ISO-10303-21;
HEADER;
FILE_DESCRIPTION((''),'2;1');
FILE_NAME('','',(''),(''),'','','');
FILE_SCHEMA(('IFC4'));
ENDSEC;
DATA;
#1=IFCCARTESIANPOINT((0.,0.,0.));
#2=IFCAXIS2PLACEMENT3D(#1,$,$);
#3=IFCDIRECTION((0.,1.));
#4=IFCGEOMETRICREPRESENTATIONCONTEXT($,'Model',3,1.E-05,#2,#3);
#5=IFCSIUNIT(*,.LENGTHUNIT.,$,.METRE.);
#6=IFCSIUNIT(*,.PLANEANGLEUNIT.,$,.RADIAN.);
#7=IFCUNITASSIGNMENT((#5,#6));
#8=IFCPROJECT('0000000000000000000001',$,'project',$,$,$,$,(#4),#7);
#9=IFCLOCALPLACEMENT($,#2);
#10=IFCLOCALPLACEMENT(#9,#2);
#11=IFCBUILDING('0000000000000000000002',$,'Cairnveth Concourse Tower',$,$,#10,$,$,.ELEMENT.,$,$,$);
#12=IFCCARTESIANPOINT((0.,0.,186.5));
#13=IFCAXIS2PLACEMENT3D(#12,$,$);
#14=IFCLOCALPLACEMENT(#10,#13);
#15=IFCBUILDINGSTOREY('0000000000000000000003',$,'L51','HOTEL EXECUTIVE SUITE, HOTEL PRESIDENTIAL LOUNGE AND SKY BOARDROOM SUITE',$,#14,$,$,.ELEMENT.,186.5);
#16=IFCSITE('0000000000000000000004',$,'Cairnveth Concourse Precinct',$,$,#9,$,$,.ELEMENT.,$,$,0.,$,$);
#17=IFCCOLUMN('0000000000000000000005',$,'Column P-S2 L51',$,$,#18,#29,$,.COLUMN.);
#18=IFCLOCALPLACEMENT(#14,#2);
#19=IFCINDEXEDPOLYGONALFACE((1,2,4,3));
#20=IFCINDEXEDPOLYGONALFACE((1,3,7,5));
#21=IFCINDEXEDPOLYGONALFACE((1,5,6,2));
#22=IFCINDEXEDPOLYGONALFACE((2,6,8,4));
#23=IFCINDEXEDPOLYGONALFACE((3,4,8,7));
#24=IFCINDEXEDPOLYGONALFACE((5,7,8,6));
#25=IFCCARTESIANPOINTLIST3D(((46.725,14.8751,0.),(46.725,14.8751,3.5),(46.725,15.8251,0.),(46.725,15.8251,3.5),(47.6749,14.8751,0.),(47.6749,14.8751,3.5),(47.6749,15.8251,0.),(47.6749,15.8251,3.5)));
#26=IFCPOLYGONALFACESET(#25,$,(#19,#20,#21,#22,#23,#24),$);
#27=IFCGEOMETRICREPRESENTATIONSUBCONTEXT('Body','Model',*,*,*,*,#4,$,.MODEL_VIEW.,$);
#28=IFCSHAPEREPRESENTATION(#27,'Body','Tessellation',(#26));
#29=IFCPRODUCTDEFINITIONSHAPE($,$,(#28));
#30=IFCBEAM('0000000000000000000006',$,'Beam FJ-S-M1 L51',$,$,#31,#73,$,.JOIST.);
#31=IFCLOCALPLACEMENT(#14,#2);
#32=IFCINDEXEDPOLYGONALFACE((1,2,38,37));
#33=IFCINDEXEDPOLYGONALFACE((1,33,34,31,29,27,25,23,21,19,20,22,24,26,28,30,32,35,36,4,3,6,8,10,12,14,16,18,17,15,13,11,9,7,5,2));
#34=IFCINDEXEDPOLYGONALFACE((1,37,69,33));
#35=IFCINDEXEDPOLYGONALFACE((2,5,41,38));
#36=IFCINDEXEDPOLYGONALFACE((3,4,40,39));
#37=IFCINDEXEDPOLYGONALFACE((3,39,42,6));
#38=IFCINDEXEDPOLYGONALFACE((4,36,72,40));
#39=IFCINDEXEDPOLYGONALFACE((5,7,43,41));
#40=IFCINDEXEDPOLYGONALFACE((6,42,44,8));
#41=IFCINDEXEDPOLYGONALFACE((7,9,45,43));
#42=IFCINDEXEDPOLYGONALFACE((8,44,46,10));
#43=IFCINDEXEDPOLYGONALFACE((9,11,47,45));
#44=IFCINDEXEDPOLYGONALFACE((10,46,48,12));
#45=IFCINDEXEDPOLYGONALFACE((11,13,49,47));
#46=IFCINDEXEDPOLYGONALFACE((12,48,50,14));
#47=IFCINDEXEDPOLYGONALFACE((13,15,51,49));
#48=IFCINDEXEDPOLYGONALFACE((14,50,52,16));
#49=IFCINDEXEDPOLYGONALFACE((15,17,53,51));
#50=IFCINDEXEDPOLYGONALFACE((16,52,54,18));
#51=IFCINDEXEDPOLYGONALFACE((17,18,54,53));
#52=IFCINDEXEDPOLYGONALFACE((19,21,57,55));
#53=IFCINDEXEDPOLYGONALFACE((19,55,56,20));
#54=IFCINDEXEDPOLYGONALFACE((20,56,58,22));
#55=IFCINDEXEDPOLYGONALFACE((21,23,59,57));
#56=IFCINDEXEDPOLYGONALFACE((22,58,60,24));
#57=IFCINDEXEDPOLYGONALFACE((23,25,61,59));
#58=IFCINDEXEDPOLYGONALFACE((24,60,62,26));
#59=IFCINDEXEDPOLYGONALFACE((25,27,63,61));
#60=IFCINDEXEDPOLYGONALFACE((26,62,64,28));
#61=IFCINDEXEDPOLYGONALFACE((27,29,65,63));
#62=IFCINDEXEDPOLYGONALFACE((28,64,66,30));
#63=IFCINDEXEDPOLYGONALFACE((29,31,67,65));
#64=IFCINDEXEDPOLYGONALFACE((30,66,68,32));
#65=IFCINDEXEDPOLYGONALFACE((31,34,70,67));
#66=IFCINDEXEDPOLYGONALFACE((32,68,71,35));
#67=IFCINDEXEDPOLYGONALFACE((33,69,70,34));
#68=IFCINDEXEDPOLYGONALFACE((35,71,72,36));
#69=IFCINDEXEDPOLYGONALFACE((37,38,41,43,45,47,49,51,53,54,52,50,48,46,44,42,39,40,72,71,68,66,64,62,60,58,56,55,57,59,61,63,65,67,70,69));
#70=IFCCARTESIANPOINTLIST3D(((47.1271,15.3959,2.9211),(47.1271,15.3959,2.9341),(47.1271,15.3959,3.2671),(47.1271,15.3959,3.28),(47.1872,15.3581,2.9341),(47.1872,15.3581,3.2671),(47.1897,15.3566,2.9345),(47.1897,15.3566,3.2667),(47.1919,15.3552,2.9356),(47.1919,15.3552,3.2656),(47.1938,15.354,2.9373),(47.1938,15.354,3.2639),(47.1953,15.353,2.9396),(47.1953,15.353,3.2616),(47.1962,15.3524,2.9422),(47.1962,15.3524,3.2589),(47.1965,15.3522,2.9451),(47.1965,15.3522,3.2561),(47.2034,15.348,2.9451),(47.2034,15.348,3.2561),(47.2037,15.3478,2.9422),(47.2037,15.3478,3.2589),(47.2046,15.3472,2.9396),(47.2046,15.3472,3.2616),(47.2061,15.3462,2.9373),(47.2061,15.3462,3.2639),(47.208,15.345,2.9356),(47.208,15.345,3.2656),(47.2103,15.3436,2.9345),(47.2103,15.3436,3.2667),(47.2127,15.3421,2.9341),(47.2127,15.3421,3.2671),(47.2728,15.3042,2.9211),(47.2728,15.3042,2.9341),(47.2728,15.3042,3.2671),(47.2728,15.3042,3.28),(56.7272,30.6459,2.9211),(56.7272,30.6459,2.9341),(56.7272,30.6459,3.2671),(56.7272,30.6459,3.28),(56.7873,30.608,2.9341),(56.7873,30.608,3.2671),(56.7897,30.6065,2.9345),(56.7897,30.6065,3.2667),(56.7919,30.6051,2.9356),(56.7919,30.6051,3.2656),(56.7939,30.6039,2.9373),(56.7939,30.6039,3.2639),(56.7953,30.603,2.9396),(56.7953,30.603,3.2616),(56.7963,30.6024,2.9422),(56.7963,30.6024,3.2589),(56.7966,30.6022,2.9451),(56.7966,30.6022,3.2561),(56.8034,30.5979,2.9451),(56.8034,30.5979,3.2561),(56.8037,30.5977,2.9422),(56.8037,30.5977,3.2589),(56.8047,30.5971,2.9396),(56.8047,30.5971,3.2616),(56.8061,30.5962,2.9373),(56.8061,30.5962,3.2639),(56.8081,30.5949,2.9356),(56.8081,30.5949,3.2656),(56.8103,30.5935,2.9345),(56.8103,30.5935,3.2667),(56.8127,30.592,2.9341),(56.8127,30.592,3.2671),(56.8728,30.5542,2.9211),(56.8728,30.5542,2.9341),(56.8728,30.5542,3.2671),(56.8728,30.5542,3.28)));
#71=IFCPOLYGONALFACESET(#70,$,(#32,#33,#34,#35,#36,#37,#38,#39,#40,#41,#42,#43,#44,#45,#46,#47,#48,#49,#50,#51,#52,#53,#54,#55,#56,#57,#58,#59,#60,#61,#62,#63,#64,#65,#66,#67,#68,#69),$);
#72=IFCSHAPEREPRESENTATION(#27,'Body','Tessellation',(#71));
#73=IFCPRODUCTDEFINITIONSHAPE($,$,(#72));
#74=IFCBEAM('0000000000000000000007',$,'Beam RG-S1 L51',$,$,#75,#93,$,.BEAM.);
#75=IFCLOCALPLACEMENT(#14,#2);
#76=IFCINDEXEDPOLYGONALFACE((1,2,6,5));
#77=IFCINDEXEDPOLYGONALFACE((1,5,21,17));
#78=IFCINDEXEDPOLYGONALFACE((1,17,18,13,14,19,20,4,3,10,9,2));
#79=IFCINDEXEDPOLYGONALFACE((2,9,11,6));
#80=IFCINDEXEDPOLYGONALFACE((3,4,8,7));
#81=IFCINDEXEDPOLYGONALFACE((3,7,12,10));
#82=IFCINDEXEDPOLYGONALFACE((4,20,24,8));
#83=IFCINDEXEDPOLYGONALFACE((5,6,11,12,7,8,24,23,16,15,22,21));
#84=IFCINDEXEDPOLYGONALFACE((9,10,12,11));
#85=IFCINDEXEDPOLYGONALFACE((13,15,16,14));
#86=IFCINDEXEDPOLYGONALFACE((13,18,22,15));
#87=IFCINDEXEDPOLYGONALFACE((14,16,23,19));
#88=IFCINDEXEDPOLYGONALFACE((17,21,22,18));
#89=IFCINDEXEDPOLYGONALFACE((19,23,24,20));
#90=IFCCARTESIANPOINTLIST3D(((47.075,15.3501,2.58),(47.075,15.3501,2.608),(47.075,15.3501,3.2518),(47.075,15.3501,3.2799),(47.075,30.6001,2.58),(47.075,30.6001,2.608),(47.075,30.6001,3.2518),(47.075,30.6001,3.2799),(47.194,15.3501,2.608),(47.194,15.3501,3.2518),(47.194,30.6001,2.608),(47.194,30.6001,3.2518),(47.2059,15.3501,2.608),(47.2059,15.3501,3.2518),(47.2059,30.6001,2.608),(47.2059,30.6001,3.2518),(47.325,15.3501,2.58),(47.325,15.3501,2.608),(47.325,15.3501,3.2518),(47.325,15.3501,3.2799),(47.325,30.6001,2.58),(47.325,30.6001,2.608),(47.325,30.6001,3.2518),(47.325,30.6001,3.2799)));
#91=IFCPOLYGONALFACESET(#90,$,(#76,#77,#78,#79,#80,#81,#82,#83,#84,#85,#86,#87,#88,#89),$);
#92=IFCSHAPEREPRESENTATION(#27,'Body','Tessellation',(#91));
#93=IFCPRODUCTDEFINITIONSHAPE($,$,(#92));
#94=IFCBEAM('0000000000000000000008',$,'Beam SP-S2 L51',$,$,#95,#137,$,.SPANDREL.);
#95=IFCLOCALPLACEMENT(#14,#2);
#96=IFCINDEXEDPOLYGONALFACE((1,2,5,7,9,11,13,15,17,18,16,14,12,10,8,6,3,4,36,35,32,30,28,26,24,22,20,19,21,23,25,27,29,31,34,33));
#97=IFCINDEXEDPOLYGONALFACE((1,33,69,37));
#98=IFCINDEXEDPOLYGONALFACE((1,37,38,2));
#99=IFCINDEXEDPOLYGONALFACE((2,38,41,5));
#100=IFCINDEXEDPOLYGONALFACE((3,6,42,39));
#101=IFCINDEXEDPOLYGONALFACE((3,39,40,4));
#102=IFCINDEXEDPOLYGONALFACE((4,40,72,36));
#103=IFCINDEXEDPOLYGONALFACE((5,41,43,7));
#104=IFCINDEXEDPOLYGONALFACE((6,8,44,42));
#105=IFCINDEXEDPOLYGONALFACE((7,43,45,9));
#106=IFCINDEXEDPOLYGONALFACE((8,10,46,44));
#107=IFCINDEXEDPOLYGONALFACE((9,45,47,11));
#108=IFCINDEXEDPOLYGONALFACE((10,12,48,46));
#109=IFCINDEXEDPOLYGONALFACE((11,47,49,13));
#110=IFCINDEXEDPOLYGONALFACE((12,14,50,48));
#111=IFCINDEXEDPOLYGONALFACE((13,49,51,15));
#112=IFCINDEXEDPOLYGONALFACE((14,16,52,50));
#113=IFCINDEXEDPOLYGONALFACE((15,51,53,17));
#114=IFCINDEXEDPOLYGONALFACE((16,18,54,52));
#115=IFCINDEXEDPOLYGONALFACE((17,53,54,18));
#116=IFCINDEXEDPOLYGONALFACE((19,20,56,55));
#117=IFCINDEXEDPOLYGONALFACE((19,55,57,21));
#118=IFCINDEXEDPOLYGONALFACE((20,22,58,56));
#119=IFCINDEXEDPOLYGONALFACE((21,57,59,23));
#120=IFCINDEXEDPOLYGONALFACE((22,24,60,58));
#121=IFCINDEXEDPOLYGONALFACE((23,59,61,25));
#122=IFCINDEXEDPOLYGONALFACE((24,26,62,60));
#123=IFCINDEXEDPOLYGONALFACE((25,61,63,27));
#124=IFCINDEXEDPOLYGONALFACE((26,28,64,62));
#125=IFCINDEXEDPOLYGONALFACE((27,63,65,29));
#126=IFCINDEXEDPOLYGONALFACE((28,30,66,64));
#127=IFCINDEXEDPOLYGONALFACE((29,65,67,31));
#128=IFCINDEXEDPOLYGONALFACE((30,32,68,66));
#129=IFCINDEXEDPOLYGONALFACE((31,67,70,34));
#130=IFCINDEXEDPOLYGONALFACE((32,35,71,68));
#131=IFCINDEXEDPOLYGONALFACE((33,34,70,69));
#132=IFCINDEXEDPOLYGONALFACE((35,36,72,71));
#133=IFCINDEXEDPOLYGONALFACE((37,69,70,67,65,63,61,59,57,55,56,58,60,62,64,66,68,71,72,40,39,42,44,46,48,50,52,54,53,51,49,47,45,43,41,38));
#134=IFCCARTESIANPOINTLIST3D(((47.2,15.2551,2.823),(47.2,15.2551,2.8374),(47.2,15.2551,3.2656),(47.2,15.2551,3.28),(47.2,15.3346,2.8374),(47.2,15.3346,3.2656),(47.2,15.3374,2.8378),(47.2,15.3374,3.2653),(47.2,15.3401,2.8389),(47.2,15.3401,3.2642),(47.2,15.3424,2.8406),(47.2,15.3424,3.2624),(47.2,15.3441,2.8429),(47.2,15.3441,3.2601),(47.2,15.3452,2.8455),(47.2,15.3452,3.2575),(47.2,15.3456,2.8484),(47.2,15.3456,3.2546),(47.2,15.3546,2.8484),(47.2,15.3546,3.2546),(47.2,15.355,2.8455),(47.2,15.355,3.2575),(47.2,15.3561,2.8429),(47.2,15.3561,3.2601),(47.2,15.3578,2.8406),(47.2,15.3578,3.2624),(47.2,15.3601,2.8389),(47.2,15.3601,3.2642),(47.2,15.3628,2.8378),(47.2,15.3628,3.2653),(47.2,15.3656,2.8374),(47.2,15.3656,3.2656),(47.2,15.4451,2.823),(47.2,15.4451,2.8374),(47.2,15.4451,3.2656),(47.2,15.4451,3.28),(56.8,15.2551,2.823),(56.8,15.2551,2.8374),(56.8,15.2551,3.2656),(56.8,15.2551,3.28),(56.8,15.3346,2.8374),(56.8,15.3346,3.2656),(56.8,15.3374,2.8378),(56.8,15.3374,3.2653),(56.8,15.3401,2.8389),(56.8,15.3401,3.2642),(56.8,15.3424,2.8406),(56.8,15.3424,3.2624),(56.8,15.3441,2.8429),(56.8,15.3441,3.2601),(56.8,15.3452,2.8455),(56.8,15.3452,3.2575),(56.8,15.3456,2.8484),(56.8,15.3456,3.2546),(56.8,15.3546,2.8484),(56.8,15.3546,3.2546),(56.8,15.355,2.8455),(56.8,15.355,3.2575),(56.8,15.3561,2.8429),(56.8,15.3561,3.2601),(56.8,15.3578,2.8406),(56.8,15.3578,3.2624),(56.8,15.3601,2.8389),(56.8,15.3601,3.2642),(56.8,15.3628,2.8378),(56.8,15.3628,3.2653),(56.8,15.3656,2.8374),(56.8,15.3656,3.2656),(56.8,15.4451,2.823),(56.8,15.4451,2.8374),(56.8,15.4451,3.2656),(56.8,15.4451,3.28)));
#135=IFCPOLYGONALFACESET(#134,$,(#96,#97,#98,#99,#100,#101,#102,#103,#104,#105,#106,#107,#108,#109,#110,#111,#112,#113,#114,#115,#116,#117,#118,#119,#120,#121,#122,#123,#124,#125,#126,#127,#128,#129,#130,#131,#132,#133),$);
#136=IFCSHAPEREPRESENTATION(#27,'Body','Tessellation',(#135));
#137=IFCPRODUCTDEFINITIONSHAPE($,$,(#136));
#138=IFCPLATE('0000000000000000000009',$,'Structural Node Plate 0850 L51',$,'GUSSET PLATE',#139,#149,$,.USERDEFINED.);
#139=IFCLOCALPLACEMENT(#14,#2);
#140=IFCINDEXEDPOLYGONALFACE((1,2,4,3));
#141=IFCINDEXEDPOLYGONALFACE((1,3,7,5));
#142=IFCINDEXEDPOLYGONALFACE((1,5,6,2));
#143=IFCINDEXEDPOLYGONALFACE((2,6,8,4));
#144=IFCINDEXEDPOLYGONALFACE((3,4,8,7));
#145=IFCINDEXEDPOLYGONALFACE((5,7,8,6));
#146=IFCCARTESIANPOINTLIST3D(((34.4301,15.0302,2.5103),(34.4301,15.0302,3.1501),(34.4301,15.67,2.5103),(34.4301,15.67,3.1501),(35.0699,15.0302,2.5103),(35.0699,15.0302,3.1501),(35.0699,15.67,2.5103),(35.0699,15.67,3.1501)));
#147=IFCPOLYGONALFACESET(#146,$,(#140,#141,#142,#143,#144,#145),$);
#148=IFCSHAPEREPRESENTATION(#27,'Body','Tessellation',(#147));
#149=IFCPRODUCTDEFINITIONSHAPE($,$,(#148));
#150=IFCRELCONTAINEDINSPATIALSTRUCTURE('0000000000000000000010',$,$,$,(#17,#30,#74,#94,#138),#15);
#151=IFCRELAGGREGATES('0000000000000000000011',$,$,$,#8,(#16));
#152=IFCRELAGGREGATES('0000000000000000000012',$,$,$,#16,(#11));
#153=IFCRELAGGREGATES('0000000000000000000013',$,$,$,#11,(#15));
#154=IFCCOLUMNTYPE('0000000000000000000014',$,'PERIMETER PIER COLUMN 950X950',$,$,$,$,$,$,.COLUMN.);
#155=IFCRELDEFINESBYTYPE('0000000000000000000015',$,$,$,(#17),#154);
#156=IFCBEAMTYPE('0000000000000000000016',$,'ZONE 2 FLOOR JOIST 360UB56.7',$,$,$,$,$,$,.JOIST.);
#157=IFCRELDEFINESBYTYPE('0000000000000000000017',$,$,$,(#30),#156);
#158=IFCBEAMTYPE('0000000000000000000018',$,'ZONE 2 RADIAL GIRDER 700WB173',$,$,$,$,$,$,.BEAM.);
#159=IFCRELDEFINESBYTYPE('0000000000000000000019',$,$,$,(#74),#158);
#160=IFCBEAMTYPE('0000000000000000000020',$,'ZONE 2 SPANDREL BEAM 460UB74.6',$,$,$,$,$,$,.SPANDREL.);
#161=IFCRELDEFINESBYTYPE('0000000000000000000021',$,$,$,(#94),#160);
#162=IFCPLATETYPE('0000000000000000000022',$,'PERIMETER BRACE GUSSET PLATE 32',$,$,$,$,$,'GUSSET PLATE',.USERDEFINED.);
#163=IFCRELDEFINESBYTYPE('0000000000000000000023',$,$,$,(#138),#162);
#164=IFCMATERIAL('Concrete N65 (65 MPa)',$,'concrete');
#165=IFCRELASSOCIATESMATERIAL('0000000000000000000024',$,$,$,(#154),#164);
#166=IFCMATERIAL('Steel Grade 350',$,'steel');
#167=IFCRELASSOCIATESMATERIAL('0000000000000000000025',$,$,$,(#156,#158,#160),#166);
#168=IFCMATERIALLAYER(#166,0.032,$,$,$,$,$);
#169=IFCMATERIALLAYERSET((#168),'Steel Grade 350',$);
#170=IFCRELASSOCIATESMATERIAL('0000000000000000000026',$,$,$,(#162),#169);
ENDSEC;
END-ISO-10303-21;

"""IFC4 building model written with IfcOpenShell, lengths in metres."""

from ifc_helpers import new_model, si_unit, direction, frame, origin, origin_2d, place, context, subcontext, project, spatial, rectangle, i_section, extrude, material, layer, layer_set, material_profile, profile_set, type_object, element, save


model = new_model("IFC4")

# Units and contexts
model_context = context("Model", 3, precision=1e-05, world=origin(), true_north=direction((0.0, 1.0)))
body_context = subcontext(model_context, "Body", "Model", "MODEL_VIEW")
ifc_project = project(units=[si_unit("LENGTHUNIT", "METRE"), si_unit("PLANEANGLEUNIT", "RADIAN")], contexts=[model_context])

# Site, building, storey
site_placement = place(None, origin())
site = spatial("IfcSite", under=ifc_project, at=site_placement, Name="Cairnveth Concourse Precinct", CompositionType="ELEMENT", RefElevation=0.0)
building_placement = place(site_placement, origin())
building = spatial("IfcBuilding", under=site, at=building_placement, Name="Cairnveth Concourse Tower", CompositionType="ELEMENT")
storey_placement = place(building_placement, frame((0.0, 0.0, 186.5)))
storey = spatial("IfcBuildingStorey", under=building, at=storey_placement, Name="L51", Description="HOTEL EXECUTIVE SUITE, HOTEL PRESIDENTIAL LOUNGE AND SKY BOARDROOM SUITE", CompositionType="ELEMENT", Elevation=186.5)

# Column
ifc_material_1 = material(Name="Concrete N65 (65 MPa)", Category="concrete")
ifc_material_profile_1 = material_profile(ifc_material_1, rectangle(XDim=0.95, YDim=0.95, at=origin_2d()), Name="RC-COL-950x950")
ifc_profile_set_1 = profile_set([ifc_material_profile_1], Name="Concrete N65 (65 MPa)")
column_type = type_object("IfcColumnType", Name="PERIMETER PIER COLUMN 950X950", PredefinedType="COLUMN", material=ifc_profile_set_1)
column_placement = place(storey_placement, frame((47.2, 15.3501, 0.0), z_axis=(0.0, 0.0, 1.0), x_axis=(1.0, 0.0, 0.0)))
element("IfcColumn", 1, at=column_placement, inside=storey, type_object=column_type, Name="Column P-S2 L51", PredefinedType="COLUMN", context=body_context, shape_type="SweptSolid", body=[
    extrude(rectangle(XDim=0.95, YDim=0.95, at=origin_2d()), origin(), (0.0, 0.0, 1.0), 3.5),
])

# Beams
ifc_material_2 = material(Name="Steel Grade 350", Category="steel")
ifc_material_profile_2 = material_profile(ifc_material_2, i_section(OverallWidth=0.1721, OverallDepth=0.3589, WebThickness=0.0081, FlangeThickness=0.0129, FilletRadius=0.011, at=origin_2d()), Name="360UB56.7")
ifc_profile_set_2 = profile_set([ifc_material_profile_2], Name="Steel Grade 350")
beam_type_1 = type_object("IfcBeamType", Name="ZONE 2 FLOOR JOIST 360UB56.7", PredefinedType="JOIST", material=ifc_profile_set_2)
beam_1_placement = place(storey_placement, frame((47.2, 15.3501, 3.1006), z_axis=(0.532744, 0.846277, 0.0), x_axis=(-0.846277, 0.532744, 0.0)))
element("IfcBeam", 2, at=beam_1_placement, inside=storey, type_object=beam_type_1, Name="Beam FJ-S-M1 L51", PredefinedType="JOIST", context=body_context, shape_type="SweptSolid", body=[
    extrude(i_section(OverallWidth=0.1721, OverallDepth=0.3589, WebThickness=0.0081, FlangeThickness=0.0129, FilletRadius=0.011, at=origin_2d()), origin(), (0.0, 0.0, 1.0), 18.02),
])
ifc_material_profile_3 = material_profile(ifc_material_2, i_section(OverallWidth=0.25, OverallDepth=0.7, WebThickness=0.012, FlangeThickness=0.0281, at=origin_2d()), Name="700WB173")
ifc_profile_set_3 = profile_set([ifc_material_profile_3], Name="Steel Grade 350")
beam_type_2 = type_object("IfcBeamType", Name="ZONE 2 RADIAL GIRDER 700WB173", PredefinedType="BEAM", material=ifc_profile_set_3)
beam_2_placement = place(storey_placement, frame((47.2, 15.3501, 2.9299), z_axis=(0.0, 1.0, 0.0), x_axis=(-1.0, 0.0, 0.0)))
element("IfcBeam", 3, at=beam_2_placement, inside=storey, type_object=beam_type_2, Name="Beam RG-S1 L51", PredefinedType="BEAM", context=body_context, shape_type="SweptSolid", body=[
    extrude(i_section(OverallWidth=0.25, OverallDepth=0.7, WebThickness=0.012, FlangeThickness=0.0281, at=origin_2d()), origin(), (0.0, 0.0, 1.0), 15.25),
])
ifc_material_profile_4 = material_profile(ifc_material_2, i_section(OverallWidth=0.1899, OverallDepth=0.457, WebThickness=0.009, FlangeThickness=0.0144, FilletRadius=0.011, at=origin_2d()), Name="460UB74.6")
ifc_profile_set_4 = profile_set([ifc_material_profile_4], Name="Steel Grade 350")
beam_type_3 = type_object("IfcBeamType", Name="ZONE 2 SPANDREL BEAM 460UB74.6", PredefinedType="SPANDREL", material=ifc_profile_set_4)
beam_3_placement = place(storey_placement, frame((47.2, 15.3501, 3.0515), z_axis=(1.0, 0.0, 0.0), x_axis=(0.0, 1.0, 0.0)))
element("IfcBeam", 4, at=beam_3_placement, inside=storey, type_object=beam_type_3, Name="Beam SP-S2 L51", PredefinedType="SPANDREL", context=body_context, shape_type="SweptSolid", body=[
    extrude(i_section(OverallWidth=0.1899, OverallDepth=0.457, WebThickness=0.009, FlangeThickness=0.0144, FilletRadius=0.011, at=origin_2d()), origin(), (0.0, 0.0, 1.0), 9.6001),
])

# Plate
ifc_layer_1 = layer(ifc_material_2, 0.032)
ifc_layer_set_1 = layer_set([ifc_layer_1], Name="Steel Grade 350")
plate_type = type_object("IfcPlateType", Name="PERIMETER BRACE GUSSET PLATE 32", ElementType="GUSSET PLATE", PredefinedType="USERDEFINED", material=ifc_layer_set_1)
plate_placement = place(storey_placement, frame((34.75, 15.3501, 2.5103), z_axis=(0.0, 0.0, 1.0), x_axis=(1.0, 0.0, 0.0)))
element("IfcPlate", 5, at=plate_placement, inside=storey, type_object=plate_type, Name="Structural Node Plate 0850 L51", ObjectType="GUSSET PLATE", PredefinedType="USERDEFINED", context=body_context, shape_type="SweptSolid", body=[
    extrude(rectangle(XDim=0.6399, YDim=0.6399, at=origin_2d()), origin(), (0.0, 0.0, 1.0), 0.6399),
])

save(model, "model.ifc")
